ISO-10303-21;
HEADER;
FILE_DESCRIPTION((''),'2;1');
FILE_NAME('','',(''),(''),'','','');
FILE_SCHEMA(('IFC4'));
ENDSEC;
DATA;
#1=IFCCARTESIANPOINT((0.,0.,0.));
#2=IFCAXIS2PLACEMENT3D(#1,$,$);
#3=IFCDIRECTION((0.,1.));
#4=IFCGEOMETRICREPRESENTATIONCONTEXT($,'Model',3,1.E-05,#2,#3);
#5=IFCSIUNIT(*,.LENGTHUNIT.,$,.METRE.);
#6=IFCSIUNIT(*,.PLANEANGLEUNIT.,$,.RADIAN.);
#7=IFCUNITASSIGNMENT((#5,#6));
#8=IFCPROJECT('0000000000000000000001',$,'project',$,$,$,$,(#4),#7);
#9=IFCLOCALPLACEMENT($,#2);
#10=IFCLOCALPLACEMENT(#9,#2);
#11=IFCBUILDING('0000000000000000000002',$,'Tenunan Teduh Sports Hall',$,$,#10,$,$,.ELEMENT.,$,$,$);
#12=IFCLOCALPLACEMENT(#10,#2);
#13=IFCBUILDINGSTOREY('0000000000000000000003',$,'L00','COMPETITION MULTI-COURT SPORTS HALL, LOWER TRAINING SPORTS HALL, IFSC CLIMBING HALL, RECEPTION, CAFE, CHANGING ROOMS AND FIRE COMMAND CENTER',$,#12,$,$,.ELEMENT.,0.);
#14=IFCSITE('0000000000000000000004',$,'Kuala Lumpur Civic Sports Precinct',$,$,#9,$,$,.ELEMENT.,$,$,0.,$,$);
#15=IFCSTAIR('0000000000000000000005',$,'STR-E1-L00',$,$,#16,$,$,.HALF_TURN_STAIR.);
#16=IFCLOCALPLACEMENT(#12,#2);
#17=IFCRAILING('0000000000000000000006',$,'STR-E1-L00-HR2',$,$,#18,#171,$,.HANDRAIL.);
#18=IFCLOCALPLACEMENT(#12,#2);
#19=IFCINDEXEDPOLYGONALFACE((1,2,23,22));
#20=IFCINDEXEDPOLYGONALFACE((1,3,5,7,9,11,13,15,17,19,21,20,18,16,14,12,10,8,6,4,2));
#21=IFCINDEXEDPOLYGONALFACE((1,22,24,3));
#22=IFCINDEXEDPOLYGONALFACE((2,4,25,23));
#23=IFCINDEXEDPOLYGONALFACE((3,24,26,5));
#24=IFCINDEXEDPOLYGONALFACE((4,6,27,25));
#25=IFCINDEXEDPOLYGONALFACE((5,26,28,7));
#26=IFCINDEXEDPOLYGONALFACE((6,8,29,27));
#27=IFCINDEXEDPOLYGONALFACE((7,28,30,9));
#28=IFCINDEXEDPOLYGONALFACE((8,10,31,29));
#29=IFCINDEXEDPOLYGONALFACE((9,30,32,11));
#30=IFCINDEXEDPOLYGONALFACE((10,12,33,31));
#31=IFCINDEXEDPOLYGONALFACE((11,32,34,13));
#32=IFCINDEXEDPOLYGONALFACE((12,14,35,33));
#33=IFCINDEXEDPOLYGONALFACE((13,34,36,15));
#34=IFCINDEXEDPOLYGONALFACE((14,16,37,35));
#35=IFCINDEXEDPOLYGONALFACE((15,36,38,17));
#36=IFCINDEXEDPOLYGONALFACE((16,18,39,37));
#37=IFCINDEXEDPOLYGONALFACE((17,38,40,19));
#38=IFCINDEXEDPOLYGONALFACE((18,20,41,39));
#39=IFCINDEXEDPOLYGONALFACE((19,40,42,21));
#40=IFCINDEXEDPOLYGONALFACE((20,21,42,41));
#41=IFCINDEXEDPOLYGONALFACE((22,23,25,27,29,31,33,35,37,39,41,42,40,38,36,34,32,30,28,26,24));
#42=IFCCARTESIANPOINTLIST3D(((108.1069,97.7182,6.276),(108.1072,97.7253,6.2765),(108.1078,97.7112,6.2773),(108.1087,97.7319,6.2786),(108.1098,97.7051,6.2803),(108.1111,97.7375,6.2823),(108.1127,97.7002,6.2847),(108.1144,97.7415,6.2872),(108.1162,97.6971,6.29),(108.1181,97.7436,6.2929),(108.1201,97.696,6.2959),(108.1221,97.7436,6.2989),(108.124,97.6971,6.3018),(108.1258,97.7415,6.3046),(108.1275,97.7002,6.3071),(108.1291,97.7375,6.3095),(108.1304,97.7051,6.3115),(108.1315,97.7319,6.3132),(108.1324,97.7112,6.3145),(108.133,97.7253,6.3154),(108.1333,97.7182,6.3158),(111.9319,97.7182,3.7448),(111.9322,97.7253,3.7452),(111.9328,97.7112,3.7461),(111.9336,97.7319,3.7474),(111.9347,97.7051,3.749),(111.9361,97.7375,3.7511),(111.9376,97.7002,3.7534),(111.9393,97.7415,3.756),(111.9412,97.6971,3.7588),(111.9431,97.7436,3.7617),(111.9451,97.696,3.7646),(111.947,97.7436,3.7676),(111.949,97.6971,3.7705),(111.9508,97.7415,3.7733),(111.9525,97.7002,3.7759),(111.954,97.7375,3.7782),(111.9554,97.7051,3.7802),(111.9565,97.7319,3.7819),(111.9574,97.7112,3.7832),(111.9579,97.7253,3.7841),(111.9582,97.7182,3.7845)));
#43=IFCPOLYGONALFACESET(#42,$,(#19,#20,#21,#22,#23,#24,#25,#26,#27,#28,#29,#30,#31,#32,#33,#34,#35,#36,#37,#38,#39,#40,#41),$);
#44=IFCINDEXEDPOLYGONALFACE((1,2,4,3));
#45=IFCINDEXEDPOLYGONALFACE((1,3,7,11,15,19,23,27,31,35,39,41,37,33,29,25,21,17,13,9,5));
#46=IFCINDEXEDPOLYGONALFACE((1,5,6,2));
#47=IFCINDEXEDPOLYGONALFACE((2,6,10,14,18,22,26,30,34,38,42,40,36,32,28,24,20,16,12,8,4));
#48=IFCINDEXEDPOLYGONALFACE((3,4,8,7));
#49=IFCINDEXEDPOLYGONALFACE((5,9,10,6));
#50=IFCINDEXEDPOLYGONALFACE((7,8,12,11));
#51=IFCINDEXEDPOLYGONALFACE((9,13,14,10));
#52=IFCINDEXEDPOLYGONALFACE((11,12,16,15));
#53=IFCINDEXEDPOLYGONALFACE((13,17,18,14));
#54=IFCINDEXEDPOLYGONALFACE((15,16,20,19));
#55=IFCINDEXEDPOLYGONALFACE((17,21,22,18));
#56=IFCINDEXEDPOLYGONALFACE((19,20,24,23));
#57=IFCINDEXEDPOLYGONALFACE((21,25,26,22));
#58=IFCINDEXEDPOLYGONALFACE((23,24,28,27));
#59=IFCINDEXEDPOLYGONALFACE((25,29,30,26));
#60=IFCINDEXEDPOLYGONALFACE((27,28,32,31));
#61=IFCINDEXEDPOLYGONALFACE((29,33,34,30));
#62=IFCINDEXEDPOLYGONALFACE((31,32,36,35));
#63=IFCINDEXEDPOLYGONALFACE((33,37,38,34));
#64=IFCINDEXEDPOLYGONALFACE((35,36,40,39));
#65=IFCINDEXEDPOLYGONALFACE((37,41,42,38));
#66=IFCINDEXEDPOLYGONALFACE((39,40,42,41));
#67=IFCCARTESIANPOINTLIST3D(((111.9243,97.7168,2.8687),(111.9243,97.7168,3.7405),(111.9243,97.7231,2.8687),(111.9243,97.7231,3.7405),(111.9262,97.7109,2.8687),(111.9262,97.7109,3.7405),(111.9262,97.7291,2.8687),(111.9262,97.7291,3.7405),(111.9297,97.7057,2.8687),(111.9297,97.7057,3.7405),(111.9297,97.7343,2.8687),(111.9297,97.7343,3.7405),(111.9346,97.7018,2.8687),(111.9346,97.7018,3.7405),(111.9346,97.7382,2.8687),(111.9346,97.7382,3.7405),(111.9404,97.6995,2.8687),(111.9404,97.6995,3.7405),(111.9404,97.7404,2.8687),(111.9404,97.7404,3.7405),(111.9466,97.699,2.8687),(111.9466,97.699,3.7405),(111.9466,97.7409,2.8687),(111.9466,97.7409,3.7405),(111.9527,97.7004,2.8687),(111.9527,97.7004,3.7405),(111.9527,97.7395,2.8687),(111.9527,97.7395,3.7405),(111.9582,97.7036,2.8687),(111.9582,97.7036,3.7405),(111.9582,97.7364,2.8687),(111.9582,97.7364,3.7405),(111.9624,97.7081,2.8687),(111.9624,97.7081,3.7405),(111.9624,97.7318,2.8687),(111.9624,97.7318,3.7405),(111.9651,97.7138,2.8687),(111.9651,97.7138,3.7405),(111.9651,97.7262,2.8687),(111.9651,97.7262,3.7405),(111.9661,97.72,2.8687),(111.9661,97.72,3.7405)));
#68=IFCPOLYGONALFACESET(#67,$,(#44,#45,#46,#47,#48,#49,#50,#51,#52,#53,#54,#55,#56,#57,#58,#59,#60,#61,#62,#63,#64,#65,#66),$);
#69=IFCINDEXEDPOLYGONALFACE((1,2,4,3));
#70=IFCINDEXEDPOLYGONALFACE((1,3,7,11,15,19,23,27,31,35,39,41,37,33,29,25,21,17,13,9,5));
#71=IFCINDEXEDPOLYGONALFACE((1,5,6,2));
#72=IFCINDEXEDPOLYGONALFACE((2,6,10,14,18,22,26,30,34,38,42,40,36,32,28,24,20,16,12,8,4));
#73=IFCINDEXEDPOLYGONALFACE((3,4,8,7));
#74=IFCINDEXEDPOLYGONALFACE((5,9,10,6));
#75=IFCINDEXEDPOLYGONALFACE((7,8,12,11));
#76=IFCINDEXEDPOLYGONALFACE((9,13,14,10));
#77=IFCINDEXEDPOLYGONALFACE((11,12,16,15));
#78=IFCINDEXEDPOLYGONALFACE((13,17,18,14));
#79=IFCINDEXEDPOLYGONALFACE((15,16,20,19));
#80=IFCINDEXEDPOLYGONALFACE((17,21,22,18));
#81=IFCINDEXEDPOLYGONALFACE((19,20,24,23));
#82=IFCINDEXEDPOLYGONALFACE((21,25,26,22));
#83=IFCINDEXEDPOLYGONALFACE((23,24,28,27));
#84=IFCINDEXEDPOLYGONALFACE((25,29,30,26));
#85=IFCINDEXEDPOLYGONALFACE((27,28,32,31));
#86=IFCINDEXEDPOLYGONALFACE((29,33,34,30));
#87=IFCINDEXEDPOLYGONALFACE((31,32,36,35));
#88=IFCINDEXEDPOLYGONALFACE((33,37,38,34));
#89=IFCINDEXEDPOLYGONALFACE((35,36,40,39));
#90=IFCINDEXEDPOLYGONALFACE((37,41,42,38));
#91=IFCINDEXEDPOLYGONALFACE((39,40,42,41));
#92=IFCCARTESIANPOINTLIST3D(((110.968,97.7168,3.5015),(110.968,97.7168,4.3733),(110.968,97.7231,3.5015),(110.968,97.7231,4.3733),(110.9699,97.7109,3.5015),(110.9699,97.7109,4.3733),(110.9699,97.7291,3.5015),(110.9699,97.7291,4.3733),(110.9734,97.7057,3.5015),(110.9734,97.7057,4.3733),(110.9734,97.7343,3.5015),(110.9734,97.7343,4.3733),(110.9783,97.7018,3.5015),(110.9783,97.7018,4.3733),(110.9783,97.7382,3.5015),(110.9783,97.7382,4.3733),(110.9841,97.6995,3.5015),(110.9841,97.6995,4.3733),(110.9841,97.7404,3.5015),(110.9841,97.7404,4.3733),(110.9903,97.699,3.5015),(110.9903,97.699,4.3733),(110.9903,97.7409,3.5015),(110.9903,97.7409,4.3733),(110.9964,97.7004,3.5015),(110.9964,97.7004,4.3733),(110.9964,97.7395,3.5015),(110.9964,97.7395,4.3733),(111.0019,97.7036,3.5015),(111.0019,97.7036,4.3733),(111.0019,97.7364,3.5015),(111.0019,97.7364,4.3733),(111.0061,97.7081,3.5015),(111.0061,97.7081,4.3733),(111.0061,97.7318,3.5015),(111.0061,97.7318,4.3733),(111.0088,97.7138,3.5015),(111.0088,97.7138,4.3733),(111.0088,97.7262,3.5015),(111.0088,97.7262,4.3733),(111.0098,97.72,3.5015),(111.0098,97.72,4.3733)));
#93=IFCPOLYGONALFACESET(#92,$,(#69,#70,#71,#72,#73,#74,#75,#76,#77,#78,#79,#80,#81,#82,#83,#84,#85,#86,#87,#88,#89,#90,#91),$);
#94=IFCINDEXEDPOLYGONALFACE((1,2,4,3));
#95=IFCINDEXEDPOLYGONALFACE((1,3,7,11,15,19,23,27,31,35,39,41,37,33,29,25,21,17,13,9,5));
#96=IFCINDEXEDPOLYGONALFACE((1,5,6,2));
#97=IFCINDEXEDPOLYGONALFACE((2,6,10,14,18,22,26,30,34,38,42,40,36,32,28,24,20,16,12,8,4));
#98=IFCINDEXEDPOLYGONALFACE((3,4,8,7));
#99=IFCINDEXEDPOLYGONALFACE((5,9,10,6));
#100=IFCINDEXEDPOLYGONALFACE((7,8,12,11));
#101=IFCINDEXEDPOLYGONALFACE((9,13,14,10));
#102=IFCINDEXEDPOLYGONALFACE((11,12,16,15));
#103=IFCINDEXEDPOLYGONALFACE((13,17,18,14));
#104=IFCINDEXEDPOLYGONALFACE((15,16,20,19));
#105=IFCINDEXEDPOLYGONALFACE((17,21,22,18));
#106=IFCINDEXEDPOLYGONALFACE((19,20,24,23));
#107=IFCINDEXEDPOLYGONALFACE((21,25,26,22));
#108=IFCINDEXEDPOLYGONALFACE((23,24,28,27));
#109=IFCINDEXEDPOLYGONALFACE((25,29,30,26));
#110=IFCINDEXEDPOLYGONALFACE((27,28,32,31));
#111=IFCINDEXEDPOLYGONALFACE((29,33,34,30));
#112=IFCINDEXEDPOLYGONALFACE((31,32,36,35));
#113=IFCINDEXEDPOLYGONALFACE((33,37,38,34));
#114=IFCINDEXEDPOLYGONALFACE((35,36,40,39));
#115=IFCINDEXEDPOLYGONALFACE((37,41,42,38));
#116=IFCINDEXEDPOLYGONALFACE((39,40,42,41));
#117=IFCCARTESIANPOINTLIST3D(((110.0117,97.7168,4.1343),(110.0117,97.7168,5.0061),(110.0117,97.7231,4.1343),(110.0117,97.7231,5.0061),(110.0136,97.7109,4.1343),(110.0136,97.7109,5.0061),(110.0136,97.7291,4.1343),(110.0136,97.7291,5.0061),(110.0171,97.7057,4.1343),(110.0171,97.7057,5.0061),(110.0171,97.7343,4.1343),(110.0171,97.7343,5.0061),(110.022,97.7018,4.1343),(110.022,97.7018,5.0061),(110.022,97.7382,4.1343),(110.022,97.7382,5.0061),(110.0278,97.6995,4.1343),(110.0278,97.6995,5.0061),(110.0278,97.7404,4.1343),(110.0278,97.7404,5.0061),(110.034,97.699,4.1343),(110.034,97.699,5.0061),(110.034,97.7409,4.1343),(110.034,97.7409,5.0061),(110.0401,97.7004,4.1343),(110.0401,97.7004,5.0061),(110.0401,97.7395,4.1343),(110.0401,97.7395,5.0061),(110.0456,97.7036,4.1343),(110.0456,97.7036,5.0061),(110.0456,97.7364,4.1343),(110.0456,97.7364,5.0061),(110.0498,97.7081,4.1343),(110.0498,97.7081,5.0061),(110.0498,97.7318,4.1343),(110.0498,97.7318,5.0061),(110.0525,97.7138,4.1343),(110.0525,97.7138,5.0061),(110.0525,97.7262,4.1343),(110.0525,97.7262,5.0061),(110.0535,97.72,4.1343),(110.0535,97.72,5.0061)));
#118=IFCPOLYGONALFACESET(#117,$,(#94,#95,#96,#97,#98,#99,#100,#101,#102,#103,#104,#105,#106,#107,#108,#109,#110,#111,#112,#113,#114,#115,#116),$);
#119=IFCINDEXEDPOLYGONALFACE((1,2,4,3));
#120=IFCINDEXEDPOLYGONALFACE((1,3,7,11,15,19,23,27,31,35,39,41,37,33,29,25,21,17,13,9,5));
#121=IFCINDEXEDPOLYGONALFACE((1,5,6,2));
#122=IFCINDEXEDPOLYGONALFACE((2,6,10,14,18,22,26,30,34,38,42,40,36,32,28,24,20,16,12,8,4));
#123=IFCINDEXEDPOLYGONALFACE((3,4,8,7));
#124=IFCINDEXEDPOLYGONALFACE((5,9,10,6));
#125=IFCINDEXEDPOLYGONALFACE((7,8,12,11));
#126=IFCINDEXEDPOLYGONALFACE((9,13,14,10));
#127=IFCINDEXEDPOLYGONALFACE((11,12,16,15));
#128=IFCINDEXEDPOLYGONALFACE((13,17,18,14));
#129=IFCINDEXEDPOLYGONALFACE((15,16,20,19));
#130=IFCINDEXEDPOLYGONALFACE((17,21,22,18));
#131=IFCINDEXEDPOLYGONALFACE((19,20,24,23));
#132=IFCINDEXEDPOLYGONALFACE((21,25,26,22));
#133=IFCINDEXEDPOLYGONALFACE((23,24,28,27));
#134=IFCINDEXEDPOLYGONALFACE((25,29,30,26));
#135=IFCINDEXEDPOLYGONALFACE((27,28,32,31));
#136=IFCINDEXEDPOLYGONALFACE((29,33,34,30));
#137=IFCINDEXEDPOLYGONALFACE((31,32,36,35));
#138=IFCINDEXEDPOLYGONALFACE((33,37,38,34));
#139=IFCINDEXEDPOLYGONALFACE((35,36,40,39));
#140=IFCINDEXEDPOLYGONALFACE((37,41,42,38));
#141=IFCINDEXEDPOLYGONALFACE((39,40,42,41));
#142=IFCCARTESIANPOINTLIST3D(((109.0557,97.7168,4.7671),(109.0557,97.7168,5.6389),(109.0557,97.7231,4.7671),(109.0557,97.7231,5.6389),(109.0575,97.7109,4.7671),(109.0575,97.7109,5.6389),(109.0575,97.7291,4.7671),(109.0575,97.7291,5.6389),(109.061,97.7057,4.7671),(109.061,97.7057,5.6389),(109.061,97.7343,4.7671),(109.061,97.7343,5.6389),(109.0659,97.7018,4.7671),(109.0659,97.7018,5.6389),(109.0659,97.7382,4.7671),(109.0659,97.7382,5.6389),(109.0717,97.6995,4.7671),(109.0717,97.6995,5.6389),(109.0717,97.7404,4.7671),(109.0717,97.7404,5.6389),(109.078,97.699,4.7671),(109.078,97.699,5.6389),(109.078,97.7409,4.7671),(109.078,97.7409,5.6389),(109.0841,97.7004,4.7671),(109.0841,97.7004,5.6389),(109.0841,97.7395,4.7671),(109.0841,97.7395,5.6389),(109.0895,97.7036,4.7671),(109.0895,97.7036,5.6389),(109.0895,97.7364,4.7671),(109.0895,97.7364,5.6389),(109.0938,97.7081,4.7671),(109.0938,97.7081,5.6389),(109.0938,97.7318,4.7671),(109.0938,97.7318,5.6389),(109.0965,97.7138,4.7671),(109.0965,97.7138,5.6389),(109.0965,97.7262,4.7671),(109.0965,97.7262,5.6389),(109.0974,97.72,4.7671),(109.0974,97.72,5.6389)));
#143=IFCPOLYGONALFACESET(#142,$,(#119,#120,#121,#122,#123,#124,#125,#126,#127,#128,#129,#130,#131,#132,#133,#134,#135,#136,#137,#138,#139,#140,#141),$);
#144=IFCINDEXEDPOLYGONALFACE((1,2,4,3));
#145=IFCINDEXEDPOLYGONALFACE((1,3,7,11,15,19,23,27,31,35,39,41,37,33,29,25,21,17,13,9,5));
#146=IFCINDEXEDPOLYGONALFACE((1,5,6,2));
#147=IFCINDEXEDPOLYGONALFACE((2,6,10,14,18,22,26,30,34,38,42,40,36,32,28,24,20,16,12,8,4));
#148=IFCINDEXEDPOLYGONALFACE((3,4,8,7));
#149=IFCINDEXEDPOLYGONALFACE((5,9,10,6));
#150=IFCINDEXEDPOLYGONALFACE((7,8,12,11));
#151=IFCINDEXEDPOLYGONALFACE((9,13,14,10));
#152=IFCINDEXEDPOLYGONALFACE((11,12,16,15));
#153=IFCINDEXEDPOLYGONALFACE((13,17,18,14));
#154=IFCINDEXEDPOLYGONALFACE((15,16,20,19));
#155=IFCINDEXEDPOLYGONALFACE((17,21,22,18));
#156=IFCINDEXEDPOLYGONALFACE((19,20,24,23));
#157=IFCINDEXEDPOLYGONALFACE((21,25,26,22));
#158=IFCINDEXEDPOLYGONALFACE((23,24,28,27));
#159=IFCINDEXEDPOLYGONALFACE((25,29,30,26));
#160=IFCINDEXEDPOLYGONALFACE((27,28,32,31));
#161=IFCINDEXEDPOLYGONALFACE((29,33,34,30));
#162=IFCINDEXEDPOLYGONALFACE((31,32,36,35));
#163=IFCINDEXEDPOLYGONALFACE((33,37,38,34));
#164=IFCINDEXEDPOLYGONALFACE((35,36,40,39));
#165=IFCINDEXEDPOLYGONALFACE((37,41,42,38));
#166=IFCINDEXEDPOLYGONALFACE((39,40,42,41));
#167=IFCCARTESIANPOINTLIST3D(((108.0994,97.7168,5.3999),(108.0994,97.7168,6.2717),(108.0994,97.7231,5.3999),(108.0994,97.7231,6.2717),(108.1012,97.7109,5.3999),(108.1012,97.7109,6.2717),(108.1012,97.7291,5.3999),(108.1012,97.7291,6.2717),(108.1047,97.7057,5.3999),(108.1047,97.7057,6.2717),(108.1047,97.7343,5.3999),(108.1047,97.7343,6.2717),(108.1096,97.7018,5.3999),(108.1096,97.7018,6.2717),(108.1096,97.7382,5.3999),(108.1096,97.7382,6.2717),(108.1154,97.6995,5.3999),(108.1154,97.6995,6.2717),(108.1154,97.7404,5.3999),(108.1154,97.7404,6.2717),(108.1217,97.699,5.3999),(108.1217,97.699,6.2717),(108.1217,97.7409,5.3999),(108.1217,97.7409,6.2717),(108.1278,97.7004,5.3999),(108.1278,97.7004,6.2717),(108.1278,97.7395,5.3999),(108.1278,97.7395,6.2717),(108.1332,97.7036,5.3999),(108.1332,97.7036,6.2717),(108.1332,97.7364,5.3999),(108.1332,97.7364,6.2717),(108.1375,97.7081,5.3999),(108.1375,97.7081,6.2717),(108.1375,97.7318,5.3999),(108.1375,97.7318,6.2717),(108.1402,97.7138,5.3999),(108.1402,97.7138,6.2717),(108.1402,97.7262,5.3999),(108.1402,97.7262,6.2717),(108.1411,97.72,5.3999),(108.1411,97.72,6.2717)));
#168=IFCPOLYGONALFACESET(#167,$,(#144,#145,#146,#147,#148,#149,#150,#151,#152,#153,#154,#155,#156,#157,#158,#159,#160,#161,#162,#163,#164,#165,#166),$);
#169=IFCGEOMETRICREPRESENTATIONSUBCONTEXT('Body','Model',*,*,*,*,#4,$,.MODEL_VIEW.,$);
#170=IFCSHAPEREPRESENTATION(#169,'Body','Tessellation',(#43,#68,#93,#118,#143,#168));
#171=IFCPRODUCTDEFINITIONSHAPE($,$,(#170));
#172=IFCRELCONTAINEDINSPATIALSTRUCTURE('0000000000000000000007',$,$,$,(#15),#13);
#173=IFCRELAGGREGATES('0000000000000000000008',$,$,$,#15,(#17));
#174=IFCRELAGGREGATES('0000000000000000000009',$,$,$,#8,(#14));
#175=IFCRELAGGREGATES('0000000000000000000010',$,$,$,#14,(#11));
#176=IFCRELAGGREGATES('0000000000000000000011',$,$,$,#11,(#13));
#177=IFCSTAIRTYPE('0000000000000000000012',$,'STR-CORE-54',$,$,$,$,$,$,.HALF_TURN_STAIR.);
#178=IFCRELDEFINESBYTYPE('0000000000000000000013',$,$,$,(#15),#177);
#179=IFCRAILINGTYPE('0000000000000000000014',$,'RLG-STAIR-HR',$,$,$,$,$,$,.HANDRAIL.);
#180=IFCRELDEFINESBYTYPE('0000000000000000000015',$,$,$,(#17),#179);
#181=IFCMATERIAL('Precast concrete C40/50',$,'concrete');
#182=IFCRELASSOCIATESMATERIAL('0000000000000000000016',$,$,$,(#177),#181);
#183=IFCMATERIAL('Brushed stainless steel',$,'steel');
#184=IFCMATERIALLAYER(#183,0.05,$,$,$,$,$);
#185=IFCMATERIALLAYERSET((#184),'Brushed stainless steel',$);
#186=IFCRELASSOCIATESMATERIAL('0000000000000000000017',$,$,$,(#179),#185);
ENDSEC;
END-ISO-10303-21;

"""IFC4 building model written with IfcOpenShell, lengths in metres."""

from ifc_helpers import new_model, si_unit, direction, frame, origin, origin_2d, place, context, subcontext, project, spatial, circle, extrude, material, layer, layer_set, type_object, element, aggregate, save


model = new_model("IFC4")

# Units and contexts
model_context = context("Model", 3, precision=1e-05, world=origin(), true_north=direction((0.0, 1.0)))
body_context = subcontext(model_context, "Body", "Model", "MODEL_VIEW")
ifc_project = project(units=[si_unit("LENGTHUNIT", "METRE"), si_unit("PLANEANGLEUNIT", "RADIAN")], contexts=[model_context])

# Site, building, storey
site_placement = place(None, origin())
site = spatial("IfcSite", under=ifc_project, at=site_placement, Name="Kuala Lumpur Civic Sports Precinct", CompositionType="ELEMENT", RefElevation=0.0)
building_placement = place(site_placement, origin())
building = spatial("IfcBuilding", under=site, at=building_placement, Name="Tenunan Teduh Sports Hall", CompositionType="ELEMENT")
storey_placement = place(building_placement, origin())
storey = spatial("IfcBuildingStorey", under=building, at=storey_placement, Name="L00", Description="COMPETITION MULTI-COURT SPORTS HALL, LOWER TRAINING SPORTS HALL, IFSC CLIMBING HALL, RECEPTION, CAFE, CHANGING ROOMS AND FIRE COMMAND CENTER", CompositionType="ELEMENT", Elevation=0.0)

# Stair
ifc_material_1 = material(Name="Precast concrete C40/50", Category="concrete")
stair_type = type_object("IfcStairType", Name="STR-CORE-54", PredefinedType="HALF_TURN_STAIR", material=ifc_material_1)
stair_placement = place(storey_placement, origin())
stair = element("IfcStair", 1, at=stair_placement, inside=storey, type_object=stair_type, Name="STR-E1-L00", PredefinedType="HALF_TURN_STAIR")

# Railing
ifc_material_2 = material(Name="Brushed stainless steel", Category="steel")
ifc_layer_1 = layer(ifc_material_2, 0.05)
ifc_layer_set_1 = layer_set([ifc_layer_1], Name="Brushed stainless steel")
railing_type_1 = type_object("IfcRailingType", Name="RLG-STAIR-HR", PredefinedType="HANDRAIL", material=ifc_layer_set_1)
railing_1_placement = place(storey_placement, frame((111.9451, 97.72, 2.8687)))
railing_1 = element("IfcRailing", 2, at=railing_1_placement, type_object=railing_type_1, Name="STR-E1-L00-HR2", PredefinedType="HANDRAIL", context=body_context, shape_type="SweptSolid", body=[
    extrude(circle(Radius=0.0239, at=origin_2d()), frame((0.0, 0.0, 0.896), z_axis=(-0.833929, 0.0, 0.551872), x_axis=(0.0, -1.0, 0.0)), (0.0, 0.0, 1.0), 4.5867),
    extrude(circle(Radius=0.021, at=origin_2d()), origin(), (0.0, 0.0, 1.0), 0.8718),
    extrude(circle(Radius=0.021, at=origin_2d()), frame((-0.9563, 0.0, 0.6328)), (0.0, 0.0, 1.0), 0.8718),
    extrude(circle(Radius=0.021, at=origin_2d()), frame((-1.9126, 0.0, 1.2656)), (0.0, 0.0, 1.0), 0.8718),
    extrude(circle(Radius=0.021, at=origin_2d()), frame((-2.8687, 0.0, 1.8984)), (0.0, 0.0, 1.0), 0.8718),
    extrude(circle(Radius=0.021, at=origin_2d()), frame((-3.825, 0.0, 2.5312)), (0.0, 0.0, 1.0), 0.8718),
])
aggregate(stair, [railing_1])

save(model, "model.ifc")
